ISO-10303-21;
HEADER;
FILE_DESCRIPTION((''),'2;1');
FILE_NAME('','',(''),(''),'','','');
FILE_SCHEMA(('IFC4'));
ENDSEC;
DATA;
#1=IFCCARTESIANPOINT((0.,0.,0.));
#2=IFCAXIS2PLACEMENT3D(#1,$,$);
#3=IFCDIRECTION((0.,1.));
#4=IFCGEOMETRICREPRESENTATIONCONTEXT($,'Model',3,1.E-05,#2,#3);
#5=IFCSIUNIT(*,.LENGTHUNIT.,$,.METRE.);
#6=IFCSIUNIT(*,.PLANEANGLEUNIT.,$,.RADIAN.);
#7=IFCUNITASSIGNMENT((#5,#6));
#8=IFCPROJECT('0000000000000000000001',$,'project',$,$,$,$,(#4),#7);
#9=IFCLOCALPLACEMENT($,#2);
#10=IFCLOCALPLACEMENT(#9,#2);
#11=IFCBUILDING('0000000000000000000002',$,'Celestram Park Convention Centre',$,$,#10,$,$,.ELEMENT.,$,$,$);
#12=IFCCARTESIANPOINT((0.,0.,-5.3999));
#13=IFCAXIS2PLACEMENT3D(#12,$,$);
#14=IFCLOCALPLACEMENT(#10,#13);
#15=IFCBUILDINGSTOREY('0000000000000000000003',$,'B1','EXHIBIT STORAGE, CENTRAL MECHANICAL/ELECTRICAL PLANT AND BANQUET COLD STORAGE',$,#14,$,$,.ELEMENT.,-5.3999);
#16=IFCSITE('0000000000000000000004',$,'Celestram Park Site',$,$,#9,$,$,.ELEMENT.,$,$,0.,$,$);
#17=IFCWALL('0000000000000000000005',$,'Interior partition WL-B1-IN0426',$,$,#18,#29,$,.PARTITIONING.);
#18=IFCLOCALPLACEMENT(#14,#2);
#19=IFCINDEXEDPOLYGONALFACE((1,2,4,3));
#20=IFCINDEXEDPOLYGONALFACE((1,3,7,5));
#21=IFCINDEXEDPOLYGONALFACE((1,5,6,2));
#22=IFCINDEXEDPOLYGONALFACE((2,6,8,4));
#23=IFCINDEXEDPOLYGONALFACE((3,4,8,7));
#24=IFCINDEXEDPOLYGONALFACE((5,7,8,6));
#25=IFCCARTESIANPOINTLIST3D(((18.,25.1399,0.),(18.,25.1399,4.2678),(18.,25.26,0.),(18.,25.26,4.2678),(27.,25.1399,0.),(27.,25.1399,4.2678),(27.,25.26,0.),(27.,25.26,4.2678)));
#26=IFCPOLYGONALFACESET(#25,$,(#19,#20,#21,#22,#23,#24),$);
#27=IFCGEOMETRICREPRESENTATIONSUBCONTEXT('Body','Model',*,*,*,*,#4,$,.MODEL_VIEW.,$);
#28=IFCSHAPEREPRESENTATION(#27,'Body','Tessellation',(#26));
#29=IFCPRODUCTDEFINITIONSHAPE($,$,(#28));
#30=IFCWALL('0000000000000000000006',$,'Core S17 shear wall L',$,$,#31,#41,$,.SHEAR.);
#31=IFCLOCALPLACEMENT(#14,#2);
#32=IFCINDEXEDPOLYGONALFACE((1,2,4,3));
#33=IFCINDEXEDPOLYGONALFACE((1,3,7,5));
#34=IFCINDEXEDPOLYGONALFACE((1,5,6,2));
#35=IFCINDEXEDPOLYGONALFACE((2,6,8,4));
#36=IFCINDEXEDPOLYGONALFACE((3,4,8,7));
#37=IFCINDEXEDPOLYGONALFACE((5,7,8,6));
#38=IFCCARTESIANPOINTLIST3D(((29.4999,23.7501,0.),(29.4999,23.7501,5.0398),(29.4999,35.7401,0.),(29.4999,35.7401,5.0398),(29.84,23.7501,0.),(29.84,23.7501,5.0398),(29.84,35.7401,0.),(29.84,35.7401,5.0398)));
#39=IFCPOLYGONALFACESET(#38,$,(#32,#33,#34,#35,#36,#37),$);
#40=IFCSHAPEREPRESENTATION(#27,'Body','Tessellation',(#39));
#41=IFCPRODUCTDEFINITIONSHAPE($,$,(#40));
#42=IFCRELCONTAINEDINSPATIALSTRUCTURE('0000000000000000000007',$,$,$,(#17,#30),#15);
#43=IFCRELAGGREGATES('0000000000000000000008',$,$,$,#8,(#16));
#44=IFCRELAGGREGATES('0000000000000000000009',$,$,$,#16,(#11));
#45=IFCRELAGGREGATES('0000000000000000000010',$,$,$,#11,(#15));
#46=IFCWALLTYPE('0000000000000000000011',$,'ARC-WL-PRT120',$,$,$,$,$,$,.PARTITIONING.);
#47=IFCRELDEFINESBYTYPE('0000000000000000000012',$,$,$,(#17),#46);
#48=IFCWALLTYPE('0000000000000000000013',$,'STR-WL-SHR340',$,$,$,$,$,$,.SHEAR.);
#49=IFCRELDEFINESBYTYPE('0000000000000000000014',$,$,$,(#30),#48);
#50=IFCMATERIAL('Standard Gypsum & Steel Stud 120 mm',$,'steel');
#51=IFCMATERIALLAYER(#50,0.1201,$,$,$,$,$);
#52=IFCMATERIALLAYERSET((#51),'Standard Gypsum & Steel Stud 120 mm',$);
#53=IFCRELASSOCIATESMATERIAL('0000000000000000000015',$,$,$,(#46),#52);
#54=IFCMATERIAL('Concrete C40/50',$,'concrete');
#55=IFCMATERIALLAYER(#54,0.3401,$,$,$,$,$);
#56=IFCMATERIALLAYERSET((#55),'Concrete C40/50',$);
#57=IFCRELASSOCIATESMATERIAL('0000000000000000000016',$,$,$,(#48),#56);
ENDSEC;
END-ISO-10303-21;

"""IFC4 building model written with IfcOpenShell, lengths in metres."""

from ifc_helpers import new_model, si_unit, direction, frame, frame_2d, origin, place, context, subcontext, project, spatial, rectangle, extrude, material, layer, layer_set, type_object, element, save


model = new_model("IFC4")

# Units and contexts
model_context = context("Model", 3, precision=1e-05, world=origin(), true_north=direction((0.0, 1.0)))
body_context = subcontext(model_context, "Body", "Model", "MODEL_VIEW")
ifc_project = project(units=[si_unit("LENGTHUNIT", "METRE"), si_unit("PLANEANGLEUNIT", "RADIAN")], contexts=[model_context])

# Site, building, storey
site_placement = place(None, origin())
site = spatial("IfcSite", under=ifc_project, at=site_placement, Name="Celestram Park Site", CompositionType="ELEMENT", RefElevation=0.0)
building_placement = place(site_placement, origin())
building = spatial("IfcBuilding", under=site, at=building_placement, Name="Celestram Park Convention Centre", CompositionType="ELEMENT")
storey_placement = place(building_placement, frame((0.0, 0.0, -5.3999)))
storey = spatial("IfcBuildingStorey", under=building, at=storey_placement, Name="B1", Description="EXHIBIT STORAGE, CENTRAL MECHANICAL/ELECTRICAL PLANT AND BANQUET COLD STORAGE", CompositionType="ELEMENT", Elevation=-5.3999)

# Shared definitions
ifc_material_1 = material(Name="Concrete C40/50", Category="concrete")

# Wall
ifc_material_2 = material(Name="Standard Gypsum & Steel Stud 120 mm", Category="steel")
ifc_layer_1 = layer(ifc_material_2, 0.1201)
ifc_layer_set_1 = layer_set([ifc_layer_1], Name="Standard Gypsum & Steel Stud 120 mm")
wall_type_1 = type_object("IfcWallType", Name="ARC-WL-PRT120", PredefinedType="PARTITIONING", material=ifc_layer_set_1)
for number, where, z_axis, x_axis, name in (
    (1, (18.0, 25.2, 0.0), (0.0, 0.0, 1.0), (1.0, 0.0, 0.0), "Interior partition WL-B1-IN0426"),
):
    element("IfcWall", number, at=place(storey_placement, frame(where, z_axis=z_axis, x_axis=x_axis)), inside=storey, type_object=wall_type_1, Name=name, PredefinedType="PARTITIONING", context=body_context, shape_type="SweptSolid", body=[
        extrude(rectangle(XDim=9.0, YDim=0.1201, at=frame_2d((4.5, 0.0))), origin(), (0.0, 0.0, 1.0), 4.2678),
    ])

# Wall
ifc_layer_2 = layer(ifc_material_1, 0.3401)
ifc_layer_set_2 = layer_set([ifc_layer_2], Name="Concrete C40/50")
wall_type_2 = type_object("IfcWallType", Name="STR-WL-SHR340", PredefinedType="SHEAR", material=ifc_layer_set_2)
wall_1_placement = place(storey_placement, frame((29.6699, 23.75, 0.0), z_axis=(0.0, 0.0, 1.0), x_axis=(0.0, 1.0, 0.0)))
element("IfcWall", 2, at=wall_1_placement, inside=storey, type_object=wall_type_2, Name="Core S17 shear wall L", PredefinedType="SHEAR", context=body_context, shape_type="SweptSolid", body=[
    extrude(rectangle(XDim=11.99, YDim=0.3401, at=frame_2d((5.9951, 0.0))), origin(), (0.0, 0.0, 1.0), 5.0398),
])

save(model, "model.ifc")
